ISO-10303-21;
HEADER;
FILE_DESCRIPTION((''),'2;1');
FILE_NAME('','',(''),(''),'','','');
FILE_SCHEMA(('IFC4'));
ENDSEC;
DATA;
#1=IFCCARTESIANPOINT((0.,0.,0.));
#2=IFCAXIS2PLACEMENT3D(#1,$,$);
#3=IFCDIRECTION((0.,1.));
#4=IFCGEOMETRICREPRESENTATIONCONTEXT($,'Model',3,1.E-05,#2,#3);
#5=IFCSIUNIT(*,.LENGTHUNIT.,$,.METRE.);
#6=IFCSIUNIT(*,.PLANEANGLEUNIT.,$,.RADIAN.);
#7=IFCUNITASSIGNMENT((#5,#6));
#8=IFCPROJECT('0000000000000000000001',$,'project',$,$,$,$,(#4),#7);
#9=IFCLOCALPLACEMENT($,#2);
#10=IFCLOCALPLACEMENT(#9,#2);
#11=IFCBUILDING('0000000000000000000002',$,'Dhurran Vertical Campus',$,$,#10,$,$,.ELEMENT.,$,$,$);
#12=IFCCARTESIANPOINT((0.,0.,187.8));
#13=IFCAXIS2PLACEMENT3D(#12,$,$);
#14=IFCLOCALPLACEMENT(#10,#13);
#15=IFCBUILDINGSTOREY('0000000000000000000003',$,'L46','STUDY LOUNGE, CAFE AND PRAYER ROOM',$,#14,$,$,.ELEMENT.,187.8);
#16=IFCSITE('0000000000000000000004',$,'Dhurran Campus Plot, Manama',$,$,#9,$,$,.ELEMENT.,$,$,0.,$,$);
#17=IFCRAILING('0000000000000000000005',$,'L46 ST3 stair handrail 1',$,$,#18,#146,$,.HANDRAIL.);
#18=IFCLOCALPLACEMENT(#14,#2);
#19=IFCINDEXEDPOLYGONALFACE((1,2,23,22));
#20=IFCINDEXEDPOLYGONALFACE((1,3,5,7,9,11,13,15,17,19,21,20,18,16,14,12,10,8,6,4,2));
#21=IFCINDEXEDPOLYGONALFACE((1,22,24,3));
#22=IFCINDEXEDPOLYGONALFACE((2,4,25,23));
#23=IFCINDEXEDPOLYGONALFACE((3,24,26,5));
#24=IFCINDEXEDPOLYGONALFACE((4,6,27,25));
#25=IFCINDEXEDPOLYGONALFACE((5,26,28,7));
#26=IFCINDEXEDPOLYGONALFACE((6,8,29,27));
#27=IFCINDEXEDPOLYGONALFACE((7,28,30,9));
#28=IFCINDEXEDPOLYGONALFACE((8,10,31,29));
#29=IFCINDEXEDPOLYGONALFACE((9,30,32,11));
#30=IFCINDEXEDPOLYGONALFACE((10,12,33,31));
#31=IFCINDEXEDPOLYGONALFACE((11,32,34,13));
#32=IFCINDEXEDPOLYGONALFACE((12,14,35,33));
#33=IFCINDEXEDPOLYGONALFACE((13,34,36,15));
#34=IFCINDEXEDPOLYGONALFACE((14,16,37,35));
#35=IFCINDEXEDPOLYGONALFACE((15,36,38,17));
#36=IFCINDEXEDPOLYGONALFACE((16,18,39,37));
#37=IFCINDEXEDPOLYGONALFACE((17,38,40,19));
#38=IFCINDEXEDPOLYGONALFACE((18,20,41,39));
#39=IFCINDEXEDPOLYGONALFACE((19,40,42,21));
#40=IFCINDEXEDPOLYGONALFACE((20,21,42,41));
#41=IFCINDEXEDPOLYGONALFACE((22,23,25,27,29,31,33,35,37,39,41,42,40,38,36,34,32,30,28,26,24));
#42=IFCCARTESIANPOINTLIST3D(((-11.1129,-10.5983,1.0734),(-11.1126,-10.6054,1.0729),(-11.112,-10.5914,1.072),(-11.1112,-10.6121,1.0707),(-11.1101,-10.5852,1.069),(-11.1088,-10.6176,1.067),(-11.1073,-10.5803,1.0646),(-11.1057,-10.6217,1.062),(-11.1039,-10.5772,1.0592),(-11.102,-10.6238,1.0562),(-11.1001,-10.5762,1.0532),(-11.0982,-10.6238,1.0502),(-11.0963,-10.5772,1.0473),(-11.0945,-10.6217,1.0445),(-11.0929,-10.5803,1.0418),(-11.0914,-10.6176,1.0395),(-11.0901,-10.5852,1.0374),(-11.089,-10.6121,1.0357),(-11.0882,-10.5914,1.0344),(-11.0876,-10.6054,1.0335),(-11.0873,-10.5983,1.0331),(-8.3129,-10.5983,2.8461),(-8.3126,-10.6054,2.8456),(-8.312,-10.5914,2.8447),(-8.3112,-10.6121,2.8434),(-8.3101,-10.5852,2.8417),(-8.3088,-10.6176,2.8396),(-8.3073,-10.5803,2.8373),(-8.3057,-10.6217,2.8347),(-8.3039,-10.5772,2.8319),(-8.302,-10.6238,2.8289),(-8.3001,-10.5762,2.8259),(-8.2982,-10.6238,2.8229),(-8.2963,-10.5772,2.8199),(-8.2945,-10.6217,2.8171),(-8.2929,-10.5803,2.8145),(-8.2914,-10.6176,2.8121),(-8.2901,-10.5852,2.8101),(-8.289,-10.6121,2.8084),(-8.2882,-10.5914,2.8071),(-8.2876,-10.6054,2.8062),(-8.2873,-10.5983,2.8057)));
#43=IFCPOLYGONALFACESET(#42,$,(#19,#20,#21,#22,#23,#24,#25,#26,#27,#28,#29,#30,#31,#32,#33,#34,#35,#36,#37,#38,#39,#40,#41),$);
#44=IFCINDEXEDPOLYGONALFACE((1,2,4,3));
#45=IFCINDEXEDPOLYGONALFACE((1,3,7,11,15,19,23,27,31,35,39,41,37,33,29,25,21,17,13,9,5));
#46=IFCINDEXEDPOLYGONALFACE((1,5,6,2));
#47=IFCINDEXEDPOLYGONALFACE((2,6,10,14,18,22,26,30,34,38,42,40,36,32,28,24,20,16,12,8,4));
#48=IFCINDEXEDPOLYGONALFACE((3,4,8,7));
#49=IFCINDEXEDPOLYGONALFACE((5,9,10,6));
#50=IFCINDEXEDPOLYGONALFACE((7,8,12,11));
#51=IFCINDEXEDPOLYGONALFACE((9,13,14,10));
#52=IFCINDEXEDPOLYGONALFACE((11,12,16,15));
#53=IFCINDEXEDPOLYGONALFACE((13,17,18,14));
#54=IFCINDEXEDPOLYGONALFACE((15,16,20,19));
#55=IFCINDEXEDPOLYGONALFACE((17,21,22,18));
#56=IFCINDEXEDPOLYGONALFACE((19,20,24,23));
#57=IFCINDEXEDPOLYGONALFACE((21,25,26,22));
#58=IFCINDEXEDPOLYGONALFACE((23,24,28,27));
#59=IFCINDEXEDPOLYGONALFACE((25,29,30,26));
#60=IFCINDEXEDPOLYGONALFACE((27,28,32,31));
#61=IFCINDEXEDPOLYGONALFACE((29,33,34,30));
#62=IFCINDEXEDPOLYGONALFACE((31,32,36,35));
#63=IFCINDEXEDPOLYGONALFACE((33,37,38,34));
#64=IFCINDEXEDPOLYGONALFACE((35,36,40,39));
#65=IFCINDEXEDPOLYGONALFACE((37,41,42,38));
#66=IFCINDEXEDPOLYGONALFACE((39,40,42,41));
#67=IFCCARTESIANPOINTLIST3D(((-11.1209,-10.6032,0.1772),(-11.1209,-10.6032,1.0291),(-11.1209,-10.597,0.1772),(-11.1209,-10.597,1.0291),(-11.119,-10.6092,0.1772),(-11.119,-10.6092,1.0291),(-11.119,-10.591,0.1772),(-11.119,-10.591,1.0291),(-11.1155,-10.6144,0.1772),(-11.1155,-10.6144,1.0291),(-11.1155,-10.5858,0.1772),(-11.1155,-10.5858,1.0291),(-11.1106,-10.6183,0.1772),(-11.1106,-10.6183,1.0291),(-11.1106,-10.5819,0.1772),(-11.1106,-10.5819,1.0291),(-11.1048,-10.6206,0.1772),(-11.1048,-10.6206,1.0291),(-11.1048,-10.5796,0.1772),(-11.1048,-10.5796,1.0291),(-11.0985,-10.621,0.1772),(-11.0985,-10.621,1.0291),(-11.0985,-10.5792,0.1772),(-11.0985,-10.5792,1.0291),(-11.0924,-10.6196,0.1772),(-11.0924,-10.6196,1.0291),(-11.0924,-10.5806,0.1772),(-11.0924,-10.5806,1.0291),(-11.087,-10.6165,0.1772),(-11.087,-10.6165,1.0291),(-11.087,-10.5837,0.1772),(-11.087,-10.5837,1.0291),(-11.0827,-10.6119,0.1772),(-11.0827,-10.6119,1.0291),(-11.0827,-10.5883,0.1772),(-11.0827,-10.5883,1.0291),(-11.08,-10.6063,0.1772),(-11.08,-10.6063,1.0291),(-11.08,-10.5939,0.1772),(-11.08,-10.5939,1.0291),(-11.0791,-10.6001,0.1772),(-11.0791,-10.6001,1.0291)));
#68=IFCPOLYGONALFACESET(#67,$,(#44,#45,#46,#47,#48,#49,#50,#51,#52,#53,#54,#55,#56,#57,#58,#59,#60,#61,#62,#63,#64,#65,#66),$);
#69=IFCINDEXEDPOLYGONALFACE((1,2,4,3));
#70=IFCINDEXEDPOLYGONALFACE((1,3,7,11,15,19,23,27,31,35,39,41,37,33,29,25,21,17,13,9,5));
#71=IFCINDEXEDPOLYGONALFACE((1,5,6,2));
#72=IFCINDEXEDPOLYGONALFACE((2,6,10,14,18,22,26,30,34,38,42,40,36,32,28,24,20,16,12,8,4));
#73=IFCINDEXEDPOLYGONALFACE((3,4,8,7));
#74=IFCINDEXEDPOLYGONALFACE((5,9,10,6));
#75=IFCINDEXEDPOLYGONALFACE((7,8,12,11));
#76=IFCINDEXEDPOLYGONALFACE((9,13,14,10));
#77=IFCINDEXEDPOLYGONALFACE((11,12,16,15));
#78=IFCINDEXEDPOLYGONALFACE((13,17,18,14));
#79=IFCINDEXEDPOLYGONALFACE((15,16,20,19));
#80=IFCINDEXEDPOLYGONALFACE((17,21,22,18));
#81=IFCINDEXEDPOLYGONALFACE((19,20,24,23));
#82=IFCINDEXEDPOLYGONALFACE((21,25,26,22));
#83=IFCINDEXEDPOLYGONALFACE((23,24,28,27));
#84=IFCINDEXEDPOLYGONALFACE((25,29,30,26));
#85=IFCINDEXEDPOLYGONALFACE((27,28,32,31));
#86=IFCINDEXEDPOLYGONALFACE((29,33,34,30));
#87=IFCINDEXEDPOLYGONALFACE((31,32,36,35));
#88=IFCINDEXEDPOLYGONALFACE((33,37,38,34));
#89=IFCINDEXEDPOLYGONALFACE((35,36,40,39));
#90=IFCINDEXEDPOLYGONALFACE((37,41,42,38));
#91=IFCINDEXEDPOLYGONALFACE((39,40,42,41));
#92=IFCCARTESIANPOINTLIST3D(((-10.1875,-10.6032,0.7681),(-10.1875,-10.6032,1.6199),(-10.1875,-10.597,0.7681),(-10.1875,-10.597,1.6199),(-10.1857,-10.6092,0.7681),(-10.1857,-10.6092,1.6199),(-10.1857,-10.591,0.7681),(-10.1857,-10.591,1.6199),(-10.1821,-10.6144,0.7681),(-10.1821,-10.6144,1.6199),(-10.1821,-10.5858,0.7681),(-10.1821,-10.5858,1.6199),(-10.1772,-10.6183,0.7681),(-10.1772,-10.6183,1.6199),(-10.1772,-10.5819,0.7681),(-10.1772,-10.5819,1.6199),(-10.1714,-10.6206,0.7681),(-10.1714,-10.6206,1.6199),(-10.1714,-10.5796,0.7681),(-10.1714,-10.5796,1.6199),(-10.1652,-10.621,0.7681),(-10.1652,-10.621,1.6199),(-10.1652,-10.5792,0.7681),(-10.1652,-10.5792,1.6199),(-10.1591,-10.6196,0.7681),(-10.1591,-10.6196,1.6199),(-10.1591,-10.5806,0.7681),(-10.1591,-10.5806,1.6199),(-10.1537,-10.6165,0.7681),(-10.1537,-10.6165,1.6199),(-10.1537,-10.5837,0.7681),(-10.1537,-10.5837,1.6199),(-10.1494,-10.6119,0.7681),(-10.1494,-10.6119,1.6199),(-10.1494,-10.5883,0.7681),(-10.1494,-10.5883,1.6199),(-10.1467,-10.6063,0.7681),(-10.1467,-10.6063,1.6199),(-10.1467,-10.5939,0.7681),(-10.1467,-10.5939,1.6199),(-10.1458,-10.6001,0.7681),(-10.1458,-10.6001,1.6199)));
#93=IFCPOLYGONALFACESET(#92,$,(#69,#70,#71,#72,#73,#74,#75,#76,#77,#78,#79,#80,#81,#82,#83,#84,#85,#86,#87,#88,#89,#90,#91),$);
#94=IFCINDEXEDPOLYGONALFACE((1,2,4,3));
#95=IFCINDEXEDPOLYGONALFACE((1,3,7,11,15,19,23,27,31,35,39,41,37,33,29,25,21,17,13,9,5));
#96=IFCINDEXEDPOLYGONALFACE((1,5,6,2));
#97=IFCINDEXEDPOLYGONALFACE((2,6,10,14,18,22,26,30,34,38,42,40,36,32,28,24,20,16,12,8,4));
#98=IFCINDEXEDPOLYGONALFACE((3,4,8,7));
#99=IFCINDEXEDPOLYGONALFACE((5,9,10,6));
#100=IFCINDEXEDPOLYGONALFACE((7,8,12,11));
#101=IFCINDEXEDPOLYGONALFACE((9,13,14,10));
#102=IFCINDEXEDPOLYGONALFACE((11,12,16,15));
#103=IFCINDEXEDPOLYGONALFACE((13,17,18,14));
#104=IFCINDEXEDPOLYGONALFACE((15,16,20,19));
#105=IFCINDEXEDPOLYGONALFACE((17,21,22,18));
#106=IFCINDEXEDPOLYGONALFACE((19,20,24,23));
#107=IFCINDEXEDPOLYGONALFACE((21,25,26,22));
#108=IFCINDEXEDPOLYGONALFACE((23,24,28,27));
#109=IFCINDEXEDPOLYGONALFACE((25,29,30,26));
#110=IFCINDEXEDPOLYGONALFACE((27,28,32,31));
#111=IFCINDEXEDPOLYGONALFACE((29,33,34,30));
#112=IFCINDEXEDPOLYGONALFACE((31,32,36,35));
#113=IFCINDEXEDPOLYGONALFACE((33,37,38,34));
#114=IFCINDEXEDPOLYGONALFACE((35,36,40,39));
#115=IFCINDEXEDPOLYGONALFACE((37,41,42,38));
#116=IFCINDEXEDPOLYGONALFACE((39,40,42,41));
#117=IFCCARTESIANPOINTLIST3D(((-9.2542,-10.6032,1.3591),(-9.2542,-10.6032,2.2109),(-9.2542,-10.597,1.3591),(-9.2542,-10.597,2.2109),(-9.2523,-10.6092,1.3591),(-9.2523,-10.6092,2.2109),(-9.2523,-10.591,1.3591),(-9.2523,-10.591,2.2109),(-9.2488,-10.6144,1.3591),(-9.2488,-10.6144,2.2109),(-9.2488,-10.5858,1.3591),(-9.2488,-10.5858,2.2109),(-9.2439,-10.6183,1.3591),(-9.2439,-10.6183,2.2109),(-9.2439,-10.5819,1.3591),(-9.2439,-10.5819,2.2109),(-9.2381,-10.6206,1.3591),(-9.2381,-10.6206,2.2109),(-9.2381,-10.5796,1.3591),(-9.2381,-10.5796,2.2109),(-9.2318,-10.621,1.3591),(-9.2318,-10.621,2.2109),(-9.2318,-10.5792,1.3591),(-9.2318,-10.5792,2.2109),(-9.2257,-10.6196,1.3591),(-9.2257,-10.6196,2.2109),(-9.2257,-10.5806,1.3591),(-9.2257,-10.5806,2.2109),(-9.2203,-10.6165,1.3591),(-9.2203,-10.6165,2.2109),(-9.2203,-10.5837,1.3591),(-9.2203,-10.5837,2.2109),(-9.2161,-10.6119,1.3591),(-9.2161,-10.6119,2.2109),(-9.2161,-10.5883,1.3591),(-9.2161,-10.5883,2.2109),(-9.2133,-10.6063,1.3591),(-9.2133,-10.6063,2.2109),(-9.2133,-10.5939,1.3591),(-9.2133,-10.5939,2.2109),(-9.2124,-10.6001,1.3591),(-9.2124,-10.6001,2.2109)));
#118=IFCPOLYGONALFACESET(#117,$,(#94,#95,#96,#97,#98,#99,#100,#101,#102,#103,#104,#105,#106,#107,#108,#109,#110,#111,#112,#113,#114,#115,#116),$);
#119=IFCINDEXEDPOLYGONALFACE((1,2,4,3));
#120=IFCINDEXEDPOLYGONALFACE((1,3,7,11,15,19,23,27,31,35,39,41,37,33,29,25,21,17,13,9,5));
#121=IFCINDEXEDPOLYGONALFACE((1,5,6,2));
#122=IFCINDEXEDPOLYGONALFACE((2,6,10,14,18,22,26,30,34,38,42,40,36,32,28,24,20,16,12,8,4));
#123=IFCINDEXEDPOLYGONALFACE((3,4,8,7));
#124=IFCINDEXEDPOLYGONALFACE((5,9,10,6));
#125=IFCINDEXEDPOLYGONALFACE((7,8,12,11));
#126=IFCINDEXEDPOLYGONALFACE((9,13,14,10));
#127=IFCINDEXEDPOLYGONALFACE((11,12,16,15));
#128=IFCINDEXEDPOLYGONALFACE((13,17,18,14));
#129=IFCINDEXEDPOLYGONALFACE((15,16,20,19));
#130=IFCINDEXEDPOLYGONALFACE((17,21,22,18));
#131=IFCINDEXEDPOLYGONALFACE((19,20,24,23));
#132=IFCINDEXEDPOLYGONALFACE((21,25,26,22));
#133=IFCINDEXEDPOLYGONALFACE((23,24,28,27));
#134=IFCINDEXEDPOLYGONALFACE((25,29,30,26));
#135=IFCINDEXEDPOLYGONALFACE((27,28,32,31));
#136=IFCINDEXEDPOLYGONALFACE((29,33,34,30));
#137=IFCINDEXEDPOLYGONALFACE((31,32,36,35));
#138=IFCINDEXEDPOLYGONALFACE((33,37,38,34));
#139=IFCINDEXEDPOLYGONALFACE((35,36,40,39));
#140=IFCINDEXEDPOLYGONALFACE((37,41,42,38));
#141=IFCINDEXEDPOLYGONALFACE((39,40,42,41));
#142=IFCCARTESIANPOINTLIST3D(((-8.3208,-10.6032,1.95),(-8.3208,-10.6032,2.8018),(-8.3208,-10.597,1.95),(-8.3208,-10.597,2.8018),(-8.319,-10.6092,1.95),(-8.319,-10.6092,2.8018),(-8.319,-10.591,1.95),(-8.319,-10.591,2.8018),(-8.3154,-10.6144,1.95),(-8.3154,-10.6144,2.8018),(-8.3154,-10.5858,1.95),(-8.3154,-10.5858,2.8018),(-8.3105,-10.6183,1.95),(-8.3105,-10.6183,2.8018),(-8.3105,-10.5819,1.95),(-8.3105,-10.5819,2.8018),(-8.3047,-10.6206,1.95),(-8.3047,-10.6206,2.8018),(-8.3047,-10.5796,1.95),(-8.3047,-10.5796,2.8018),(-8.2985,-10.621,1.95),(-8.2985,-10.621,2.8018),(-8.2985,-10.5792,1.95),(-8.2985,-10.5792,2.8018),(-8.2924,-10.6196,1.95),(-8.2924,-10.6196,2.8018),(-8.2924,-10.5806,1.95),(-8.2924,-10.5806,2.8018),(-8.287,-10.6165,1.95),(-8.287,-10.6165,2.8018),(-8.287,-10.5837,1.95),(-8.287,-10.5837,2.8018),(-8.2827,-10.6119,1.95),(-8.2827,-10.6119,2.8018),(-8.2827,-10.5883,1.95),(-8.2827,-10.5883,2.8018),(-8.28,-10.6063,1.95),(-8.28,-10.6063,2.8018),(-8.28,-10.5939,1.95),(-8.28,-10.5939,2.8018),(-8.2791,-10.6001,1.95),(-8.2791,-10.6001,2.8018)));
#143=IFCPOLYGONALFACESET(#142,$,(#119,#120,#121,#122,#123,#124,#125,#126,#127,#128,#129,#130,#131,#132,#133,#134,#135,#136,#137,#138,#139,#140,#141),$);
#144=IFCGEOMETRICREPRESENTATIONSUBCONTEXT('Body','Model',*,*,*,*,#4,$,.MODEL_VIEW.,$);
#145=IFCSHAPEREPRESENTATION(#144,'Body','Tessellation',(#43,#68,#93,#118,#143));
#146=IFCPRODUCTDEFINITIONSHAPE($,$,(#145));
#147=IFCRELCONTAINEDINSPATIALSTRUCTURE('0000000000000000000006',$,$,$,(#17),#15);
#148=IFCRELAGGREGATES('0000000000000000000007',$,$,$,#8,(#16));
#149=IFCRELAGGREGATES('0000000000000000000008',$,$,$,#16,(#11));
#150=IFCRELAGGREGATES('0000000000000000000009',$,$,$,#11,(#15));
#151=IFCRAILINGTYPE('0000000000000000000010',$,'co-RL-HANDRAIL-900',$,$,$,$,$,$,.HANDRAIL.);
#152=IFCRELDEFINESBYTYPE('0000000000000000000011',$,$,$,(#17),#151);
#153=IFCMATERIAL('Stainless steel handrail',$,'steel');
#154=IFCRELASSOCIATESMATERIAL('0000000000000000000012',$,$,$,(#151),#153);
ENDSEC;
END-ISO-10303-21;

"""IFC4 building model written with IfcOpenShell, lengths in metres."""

from ifc_helpers import new_model, si_unit, direction, frame, origin, origin_2d, place, context, subcontext, project, spatial, circle, extrude, material, type_object, element, save


model = new_model("IFC4")

# Units and contexts
model_context = context("Model", 3, precision=1e-05, world=origin(), true_north=direction((0.0, 1.0)))
body_context = subcontext(model_context, "Body", "Model", "MODEL_VIEW")
ifc_project = project(units=[si_unit("LENGTHUNIT", "METRE"), si_unit("PLANEANGLEUNIT", "RADIAN")], contexts=[model_context])

# Site, building, storey
site_placement = place(None, origin())
site = spatial("IfcSite", under=ifc_project, at=site_placement, Name="Dhurran Campus Plot, Manama", CompositionType="ELEMENT", RefElevation=0.0)
building_placement = place(site_placement, origin())
building = spatial("IfcBuilding", under=site, at=building_placement, Name="Dhurran Vertical Campus", CompositionType="ELEMENT")
storey_placement = place(building_placement, frame((0.0, 0.0, 187.8)))
storey = spatial("IfcBuildingStorey", under=building, at=storey_placement, Name="L46", Description="STUDY LOUNGE, CAFE AND PRAYER ROOM", CompositionType="ELEMENT", Elevation=187.8)

# Railing
ifc_material_1 = material(Name="Stainless steel handrail", Category="steel")
railing_type_1 = type_object("IfcRailingType", Name="co-RL-HANDRAIL-900", PredefinedType="HANDRAIL", material=ifc_material_1)
railing_1_placement = place(storey_placement, frame((-11.1001, -10.6001, 0.1772)))
element("IfcRailing", 1, at=railing_1_placement, inside=storey, type_object=railing_type_1, Name="L46 ST3 stair handrail 1", PredefinedType="HANDRAIL", context=body_context, shape_type="SweptSolid", body=[
    extrude(circle(Radius=0.0239, at=origin_2d()), frame((0.0, 0.0, 0.876), z_axis=(0.844909, 0.0, 0.53491), x_axis=(0.0, 1.0, 0.0)), (0.0, 0.0, 1.0), 3.314),
    extrude(circle(Radius=0.021, at=origin_2d()), origin(), (0.0, 0.0, 1.0), 0.8518),
    extrude(circle(Radius=0.021, at=origin_2d()), frame((0.9333, 0.0, 0.5908)), (0.0, 0.0, 1.0), 0.8518),
    extrude(circle(Radius=0.021, at=origin_2d()), frame((1.8667, 0.0, 1.1819)), (0.0, 0.0, 1.0), 0.8518),
    extrude(circle(Radius=0.021, at=origin_2d()), frame((2.8, 0.0, 1.7727)), (0.0, 0.0, 1.0), 0.8518),
])

save(model, "model.ifc")
